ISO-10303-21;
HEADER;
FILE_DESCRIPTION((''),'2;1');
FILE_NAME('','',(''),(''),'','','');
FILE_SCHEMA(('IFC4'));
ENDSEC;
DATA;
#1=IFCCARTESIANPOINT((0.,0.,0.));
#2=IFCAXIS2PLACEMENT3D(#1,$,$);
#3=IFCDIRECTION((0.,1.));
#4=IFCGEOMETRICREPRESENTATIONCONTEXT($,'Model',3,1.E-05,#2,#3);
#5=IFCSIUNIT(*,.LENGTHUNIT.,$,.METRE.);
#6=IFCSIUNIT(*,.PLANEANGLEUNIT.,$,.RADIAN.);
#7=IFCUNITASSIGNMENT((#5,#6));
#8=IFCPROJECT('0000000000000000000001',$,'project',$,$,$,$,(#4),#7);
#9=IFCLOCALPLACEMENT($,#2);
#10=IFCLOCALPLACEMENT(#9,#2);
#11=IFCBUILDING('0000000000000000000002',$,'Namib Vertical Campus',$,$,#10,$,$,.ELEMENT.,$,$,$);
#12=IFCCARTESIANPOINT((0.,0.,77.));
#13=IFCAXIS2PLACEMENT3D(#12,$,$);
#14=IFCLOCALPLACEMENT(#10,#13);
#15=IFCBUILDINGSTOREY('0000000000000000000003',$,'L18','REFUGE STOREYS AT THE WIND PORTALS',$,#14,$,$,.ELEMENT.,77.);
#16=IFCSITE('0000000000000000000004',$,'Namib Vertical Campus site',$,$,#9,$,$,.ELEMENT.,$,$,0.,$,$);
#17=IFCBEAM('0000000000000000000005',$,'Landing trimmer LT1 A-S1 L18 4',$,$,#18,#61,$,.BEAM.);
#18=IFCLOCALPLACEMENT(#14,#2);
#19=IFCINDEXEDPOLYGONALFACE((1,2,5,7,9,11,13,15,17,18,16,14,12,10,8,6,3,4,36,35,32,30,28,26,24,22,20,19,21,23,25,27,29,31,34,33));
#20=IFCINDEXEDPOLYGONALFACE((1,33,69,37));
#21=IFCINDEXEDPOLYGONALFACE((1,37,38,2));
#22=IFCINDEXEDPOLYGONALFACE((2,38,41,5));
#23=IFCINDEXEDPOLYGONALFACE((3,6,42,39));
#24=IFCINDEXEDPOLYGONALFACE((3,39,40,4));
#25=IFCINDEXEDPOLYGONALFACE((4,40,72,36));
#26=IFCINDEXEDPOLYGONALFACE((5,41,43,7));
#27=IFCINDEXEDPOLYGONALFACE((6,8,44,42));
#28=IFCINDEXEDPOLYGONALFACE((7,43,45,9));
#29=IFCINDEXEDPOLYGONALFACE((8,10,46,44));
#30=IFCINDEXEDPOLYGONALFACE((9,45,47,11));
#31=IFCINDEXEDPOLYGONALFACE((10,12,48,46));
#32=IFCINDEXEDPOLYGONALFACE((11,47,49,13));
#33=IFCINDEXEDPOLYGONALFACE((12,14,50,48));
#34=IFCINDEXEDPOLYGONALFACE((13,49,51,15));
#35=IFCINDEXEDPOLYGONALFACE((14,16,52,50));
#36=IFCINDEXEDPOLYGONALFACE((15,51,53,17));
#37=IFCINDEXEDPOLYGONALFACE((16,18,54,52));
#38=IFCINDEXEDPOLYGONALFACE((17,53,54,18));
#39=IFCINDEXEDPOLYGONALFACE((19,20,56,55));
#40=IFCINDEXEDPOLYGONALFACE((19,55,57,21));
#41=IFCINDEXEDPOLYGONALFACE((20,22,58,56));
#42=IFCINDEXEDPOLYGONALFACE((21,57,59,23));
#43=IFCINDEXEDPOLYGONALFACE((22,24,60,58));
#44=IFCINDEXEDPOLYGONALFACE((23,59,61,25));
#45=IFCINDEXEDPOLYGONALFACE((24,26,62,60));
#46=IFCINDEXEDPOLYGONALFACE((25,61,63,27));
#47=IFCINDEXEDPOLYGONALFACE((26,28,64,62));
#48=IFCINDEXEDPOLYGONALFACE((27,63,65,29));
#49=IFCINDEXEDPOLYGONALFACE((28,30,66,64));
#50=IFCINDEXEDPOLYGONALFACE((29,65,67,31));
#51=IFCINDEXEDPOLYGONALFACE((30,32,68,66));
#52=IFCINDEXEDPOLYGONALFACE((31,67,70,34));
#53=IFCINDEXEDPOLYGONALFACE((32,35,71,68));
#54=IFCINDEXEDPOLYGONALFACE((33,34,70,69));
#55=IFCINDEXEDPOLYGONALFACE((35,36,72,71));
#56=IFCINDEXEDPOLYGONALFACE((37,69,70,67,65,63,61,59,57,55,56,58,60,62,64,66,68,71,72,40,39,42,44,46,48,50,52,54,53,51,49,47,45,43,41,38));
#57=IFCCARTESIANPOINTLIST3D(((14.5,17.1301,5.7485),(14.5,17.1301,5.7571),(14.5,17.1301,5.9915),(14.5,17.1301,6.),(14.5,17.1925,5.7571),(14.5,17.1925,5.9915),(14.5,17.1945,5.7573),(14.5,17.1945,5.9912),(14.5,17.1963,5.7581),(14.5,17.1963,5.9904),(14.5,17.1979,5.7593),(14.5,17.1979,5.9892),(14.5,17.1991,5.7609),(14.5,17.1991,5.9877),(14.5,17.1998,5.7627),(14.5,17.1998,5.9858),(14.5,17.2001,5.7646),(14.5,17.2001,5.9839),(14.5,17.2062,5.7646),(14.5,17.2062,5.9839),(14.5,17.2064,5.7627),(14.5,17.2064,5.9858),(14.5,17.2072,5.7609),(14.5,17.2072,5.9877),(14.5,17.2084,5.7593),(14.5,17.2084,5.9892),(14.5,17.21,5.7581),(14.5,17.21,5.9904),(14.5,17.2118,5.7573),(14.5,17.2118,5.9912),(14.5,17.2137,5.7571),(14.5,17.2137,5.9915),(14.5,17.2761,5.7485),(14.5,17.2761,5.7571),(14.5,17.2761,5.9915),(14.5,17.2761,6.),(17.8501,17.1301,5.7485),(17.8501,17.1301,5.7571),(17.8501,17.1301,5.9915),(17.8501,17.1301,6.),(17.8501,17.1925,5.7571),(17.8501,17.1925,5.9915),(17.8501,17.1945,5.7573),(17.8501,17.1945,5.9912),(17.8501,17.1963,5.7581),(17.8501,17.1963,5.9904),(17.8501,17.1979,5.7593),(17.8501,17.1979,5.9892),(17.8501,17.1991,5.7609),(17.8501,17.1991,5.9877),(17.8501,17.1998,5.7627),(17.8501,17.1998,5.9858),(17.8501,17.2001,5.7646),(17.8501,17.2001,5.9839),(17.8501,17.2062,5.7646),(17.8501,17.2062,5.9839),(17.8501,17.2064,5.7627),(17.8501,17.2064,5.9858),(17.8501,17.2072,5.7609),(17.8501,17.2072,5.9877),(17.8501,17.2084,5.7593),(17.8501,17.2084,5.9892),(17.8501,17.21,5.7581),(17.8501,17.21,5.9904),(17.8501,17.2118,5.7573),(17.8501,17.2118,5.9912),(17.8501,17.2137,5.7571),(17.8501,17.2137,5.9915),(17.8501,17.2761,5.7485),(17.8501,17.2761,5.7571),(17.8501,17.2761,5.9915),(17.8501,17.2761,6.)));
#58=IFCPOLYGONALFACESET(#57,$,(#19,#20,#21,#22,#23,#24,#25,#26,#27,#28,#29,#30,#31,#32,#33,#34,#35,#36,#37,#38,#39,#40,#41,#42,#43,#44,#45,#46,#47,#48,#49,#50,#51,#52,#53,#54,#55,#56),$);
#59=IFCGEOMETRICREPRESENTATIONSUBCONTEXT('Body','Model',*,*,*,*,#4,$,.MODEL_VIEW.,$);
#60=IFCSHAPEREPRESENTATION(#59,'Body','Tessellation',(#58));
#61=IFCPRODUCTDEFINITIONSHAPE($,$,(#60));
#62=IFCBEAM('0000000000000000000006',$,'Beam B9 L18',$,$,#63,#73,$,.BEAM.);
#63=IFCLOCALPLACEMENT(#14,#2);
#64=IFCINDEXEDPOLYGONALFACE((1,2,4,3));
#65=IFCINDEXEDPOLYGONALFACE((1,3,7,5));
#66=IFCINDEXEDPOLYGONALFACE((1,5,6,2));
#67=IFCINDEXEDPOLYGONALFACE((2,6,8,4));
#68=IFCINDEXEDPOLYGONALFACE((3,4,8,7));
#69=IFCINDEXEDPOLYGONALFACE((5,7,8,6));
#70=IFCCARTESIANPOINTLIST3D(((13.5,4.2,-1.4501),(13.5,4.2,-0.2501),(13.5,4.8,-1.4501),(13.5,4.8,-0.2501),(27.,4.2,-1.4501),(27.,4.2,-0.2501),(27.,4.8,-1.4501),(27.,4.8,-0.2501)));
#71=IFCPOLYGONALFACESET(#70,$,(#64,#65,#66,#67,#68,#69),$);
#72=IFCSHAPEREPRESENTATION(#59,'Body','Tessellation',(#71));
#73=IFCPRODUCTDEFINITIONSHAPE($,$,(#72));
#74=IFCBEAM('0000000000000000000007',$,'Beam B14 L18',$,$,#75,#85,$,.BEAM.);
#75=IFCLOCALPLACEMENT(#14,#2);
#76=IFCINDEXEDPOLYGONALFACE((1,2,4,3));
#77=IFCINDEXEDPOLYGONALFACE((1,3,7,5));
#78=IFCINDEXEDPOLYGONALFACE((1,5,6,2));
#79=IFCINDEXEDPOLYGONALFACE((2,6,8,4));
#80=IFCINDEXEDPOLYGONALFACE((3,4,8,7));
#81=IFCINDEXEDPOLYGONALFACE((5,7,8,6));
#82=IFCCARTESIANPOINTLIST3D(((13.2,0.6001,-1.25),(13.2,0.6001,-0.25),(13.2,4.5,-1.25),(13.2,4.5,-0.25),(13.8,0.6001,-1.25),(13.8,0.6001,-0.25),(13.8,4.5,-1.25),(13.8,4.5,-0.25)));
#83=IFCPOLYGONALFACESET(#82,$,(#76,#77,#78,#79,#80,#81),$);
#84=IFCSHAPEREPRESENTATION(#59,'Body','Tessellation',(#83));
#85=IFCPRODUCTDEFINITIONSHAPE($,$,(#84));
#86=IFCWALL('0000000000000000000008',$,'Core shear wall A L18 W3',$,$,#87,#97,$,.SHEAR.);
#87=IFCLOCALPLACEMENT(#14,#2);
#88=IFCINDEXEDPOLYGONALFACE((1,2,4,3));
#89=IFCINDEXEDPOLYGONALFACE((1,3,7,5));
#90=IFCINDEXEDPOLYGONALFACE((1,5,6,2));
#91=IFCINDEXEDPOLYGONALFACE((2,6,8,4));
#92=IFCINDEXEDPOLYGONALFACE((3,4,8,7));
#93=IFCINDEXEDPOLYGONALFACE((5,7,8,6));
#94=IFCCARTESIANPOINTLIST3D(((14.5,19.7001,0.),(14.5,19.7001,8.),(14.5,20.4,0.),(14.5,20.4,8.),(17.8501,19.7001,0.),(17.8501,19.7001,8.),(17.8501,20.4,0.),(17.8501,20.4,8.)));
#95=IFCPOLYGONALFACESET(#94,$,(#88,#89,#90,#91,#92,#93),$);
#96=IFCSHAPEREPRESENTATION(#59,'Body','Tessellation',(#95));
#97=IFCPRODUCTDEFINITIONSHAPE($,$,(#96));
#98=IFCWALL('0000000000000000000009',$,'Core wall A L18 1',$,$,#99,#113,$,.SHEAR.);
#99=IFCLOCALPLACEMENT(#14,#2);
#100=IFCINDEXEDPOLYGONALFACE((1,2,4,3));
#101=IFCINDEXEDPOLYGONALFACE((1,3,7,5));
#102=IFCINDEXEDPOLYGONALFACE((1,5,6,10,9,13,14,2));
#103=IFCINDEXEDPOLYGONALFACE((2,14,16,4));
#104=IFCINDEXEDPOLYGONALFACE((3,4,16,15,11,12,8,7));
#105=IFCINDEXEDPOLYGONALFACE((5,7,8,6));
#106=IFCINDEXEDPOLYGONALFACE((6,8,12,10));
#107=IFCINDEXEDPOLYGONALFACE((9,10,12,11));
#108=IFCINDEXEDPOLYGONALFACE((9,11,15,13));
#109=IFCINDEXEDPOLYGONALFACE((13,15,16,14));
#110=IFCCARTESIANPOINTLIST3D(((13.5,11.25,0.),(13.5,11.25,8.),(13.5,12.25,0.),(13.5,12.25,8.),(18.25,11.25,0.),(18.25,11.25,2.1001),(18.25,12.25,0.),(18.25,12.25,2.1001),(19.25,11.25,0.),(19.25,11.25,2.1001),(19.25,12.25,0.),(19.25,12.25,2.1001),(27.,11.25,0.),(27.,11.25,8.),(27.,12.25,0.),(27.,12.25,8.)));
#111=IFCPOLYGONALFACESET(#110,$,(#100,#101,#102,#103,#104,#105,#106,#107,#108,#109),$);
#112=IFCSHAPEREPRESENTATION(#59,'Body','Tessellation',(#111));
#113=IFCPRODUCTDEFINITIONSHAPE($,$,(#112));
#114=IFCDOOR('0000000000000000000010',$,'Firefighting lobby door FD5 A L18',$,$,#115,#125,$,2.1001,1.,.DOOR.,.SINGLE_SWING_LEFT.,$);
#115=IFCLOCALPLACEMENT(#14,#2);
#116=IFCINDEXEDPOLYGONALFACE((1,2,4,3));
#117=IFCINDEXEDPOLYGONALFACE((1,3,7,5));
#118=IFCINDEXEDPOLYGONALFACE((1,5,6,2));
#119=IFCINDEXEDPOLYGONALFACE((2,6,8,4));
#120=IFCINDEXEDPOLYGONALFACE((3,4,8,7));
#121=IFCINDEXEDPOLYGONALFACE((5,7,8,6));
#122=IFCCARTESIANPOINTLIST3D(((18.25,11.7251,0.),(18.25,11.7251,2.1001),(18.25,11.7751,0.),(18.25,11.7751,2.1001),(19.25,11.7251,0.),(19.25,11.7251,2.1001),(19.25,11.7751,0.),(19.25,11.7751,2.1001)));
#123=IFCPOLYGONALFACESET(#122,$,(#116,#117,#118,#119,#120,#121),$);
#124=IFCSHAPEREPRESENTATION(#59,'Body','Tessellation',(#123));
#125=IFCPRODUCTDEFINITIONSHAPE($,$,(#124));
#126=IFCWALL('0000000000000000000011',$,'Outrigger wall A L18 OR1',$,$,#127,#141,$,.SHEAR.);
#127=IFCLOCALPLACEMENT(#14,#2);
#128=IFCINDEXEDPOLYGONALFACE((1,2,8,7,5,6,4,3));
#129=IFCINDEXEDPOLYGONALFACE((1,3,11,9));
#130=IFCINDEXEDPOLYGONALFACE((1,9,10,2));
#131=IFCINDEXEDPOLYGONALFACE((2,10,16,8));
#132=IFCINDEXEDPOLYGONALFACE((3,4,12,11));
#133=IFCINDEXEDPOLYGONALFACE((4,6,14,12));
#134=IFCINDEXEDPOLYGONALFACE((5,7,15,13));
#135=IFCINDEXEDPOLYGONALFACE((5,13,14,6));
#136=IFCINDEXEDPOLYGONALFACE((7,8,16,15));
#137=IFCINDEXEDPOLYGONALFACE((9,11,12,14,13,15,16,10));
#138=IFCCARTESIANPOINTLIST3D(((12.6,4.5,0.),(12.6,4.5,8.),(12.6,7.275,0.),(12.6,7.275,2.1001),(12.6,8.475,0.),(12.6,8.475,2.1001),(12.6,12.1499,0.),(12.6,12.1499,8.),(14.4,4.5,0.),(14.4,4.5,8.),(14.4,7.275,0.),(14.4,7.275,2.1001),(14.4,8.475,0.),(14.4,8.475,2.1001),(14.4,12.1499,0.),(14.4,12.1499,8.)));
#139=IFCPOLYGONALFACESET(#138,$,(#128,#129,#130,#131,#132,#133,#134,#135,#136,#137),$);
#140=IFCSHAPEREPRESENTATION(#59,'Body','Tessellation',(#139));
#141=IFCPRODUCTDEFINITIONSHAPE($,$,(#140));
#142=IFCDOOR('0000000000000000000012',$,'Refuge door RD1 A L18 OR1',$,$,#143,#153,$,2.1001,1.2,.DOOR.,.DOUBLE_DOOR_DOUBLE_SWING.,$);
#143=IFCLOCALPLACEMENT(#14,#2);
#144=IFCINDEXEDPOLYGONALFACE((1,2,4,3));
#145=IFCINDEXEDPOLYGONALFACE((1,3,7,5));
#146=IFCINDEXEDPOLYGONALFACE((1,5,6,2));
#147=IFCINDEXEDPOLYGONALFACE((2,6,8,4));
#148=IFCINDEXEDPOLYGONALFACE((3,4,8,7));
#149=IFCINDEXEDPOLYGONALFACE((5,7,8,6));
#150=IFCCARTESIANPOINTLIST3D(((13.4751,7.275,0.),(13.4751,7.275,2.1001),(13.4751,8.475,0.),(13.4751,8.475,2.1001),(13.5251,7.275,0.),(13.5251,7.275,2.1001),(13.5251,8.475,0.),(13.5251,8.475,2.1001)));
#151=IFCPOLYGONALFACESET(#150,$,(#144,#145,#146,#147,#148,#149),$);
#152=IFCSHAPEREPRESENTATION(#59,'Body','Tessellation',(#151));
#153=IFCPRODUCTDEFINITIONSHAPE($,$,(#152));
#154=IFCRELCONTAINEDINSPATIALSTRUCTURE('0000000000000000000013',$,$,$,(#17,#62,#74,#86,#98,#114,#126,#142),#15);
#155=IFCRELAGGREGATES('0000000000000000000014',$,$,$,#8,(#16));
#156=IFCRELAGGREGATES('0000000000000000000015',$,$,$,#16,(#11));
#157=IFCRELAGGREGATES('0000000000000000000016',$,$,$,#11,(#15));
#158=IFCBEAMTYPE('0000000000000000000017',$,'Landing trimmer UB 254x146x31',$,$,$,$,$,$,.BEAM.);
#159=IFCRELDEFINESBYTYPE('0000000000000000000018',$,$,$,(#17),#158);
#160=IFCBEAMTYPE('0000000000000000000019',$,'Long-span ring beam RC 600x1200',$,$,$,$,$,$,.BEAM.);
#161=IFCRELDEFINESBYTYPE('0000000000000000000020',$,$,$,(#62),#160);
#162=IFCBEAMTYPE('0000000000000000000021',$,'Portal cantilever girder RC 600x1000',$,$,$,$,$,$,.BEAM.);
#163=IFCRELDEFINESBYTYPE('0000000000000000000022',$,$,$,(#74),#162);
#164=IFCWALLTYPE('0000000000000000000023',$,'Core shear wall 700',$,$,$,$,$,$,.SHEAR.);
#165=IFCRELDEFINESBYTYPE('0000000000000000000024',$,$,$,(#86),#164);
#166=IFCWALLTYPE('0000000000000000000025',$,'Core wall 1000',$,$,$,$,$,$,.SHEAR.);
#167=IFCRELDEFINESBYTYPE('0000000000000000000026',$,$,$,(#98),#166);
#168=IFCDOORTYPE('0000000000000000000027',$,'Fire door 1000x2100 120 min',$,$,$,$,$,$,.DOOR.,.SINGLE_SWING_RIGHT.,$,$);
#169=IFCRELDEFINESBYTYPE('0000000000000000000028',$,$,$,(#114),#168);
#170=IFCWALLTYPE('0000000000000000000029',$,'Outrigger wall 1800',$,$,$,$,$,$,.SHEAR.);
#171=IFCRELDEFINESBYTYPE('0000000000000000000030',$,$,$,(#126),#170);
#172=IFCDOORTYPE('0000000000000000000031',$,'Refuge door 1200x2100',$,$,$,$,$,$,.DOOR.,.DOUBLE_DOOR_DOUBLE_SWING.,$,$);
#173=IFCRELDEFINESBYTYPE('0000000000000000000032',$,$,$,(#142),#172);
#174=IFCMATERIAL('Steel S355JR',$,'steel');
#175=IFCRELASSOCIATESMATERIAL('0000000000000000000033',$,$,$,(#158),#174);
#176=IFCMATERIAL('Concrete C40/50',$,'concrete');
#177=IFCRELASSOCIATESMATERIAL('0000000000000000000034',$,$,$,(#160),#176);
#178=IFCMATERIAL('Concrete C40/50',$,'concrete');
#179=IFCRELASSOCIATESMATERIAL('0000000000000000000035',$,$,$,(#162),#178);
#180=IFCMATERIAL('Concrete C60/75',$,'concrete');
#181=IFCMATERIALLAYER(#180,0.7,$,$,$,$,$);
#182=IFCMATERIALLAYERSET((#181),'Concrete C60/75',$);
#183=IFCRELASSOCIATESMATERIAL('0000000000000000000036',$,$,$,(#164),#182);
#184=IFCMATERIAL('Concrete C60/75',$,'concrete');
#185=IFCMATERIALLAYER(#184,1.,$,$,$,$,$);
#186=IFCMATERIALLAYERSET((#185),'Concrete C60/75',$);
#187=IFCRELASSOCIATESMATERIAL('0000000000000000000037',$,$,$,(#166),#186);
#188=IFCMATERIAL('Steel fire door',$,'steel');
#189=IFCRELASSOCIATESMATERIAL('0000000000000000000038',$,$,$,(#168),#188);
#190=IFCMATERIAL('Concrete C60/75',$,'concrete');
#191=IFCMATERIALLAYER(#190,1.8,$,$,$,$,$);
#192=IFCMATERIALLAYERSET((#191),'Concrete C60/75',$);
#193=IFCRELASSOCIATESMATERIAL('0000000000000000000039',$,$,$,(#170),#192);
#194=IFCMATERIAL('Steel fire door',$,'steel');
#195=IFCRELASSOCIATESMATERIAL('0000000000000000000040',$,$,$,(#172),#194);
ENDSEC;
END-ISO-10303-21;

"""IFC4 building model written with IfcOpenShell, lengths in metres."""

from ifc_helpers import new_model, si_unit, direction, frame, frame_2d, origin, origin_2d, place, context, subcontext, project, spatial, rectangle, i_section, extrude, material, layer, layer_set, material_profile, profile_set, type_object, element, fill, save


model = new_model("IFC4")

# Units and contexts
model_context = context("Model", 3, precision=1e-05, world=origin(), true_north=direction((0.0, 1.0)))
body_context = subcontext(model_context, "Body", "Model", "MODEL_VIEW")
ifc_project = project(units=[si_unit("LENGTHUNIT", "METRE"), si_unit("PLANEANGLEUNIT", "RADIAN")], contexts=[model_context])

# Site, building, storey
site_placement = place(None, origin())
site = spatial("IfcSite", under=ifc_project, at=site_placement, Name="Namib Vertical Campus site", CompositionType="ELEMENT", RefElevation=0.0)
building_placement = place(site_placement, origin())
building = spatial("IfcBuilding", under=site, at=building_placement, Name="Namib Vertical Campus", CompositionType="ELEMENT")
storey_placement = place(building_placement, frame((0.0, 0.0, 77.0)))
storey = spatial("IfcBuildingStorey", under=building, at=storey_placement, Name="L18", Description="REFUGE STOREYS AT THE WIND PORTALS", CompositionType="ELEMENT", Elevation=77.0)

# Beams
ifc_material_1 = material(Name="Steel S355JR", Category="steel")
ifc_material_profile_1 = material_profile(ifc_material_1, i_section(OverallWidth=0.146, OverallDepth=0.2515, WebThickness=0.0061, FlangeThickness=0.0085, FilletRadius=0.0076, at=origin_2d()))
ifc_profile_set_1 = profile_set([ifc_material_profile_1], Name="Steel S355JR")
beam_type_1 = type_object("IfcBeamType", Name="Landing trimmer UB 254x146x31", PredefinedType="BEAM", material=ifc_profile_set_1)
for number, where, z_axis, x_axis, name in (
    (1, (14.5, 17.2031, 5.8743), (1.0, 0.0, 0.0), (0.0, 1.0, 0.0), "Landing trimmer LT1 A-S1 L18 4"),
):
    element("IfcBeam", number, at=place(storey_placement, frame(where, z_axis=z_axis, x_axis=x_axis)), inside=storey, type_object=beam_type_1, Name=name, PredefinedType="BEAM", context=body_context, shape_type="SweptSolid", body=[
        extrude(i_section(OverallWidth=0.146, OverallDepth=0.2515, WebThickness=0.0061, FlangeThickness=0.0085, FilletRadius=0.0076, at=origin_2d()), origin(), (0.0, 0.0, 1.0), 3.3501),
    ])
ifc_material_2 = material(Name="Concrete C40/50", Category="concrete")
ifc_material_profile_2 = material_profile(ifc_material_2, rectangle(XDim=0.6001, YDim=1.2, at=origin_2d()))
ifc_profile_set_2 = profile_set([ifc_material_profile_2], Name="Concrete C40/50")
beam_type_2 = type_object("IfcBeamType", Name="Long-span ring beam RC 600x1200", PredefinedType="BEAM", material=ifc_profile_set_2)
beam_1_placement = place(storey_placement, frame((13.5, 4.5, -0.8501), z_axis=(1.0, 0.0, 0.0), x_axis=(0.0, 1.0, 0.0)))
element("IfcBeam", 2, at=beam_1_placement, inside=storey, type_object=beam_type_2, Name="Beam B9 L18", PredefinedType="BEAM", context=body_context, shape_type="SweptSolid", body=[
    extrude(rectangle(XDim=0.6001, YDim=1.2, at=origin_2d()), origin(), (0.0, 0.0, 1.0), 13.5),
])
ifc_material_3 = material(Name="Concrete C40/50", Category="concrete")
ifc_material_profile_3 = material_profile(ifc_material_3, rectangle(XDim=0.6001, YDim=1.0, at=origin_2d()))
ifc_profile_set_3 = profile_set([ifc_material_profile_3], Name="Concrete C40/50")
beam_type_3 = type_object("IfcBeamType", Name="Portal cantilever girder RC 600x1000", PredefinedType="BEAM", material=ifc_profile_set_3)
beam_2_placement = place(storey_placement, frame((13.5, 4.5, -0.75), z_axis=(0.0, -1.0, 0.0), x_axis=(1.0, 0.0, 0.0)))
element("IfcBeam", 3, at=beam_2_placement, inside=storey, type_object=beam_type_3, Name="Beam B14 L18", PredefinedType="BEAM", context=body_context, shape_type="SweptSolid", body=[
    extrude(rectangle(XDim=0.6001, YDim=1.0, at=origin_2d()), origin(), (0.0, 0.0, 1.0), 3.8999),
])

# Wall
ifc_material_4 = material(Name="Concrete C60/75", Category="concrete")
ifc_layer_1 = layer(ifc_material_4, 0.7)
ifc_layer_set_1 = layer_set([ifc_layer_1], Name="Concrete C60/75")
wall_type_1 = type_object("IfcWallType", Name="Core shear wall 700", PredefinedType="SHEAR", material=ifc_layer_set_1)
wall_1_placement = place(storey_placement, frame((14.5, 20.05, 0.0), z_axis=(0.0, 0.0, 1.0), x_axis=(1.0, 0.0, 0.0)))
element("IfcWall", 4, at=wall_1_placement, inside=storey, type_object=wall_type_1, Name="Core shear wall A L18 W3", PredefinedType="SHEAR", context=body_context, shape_type="SweptSolid", body=[
    extrude(rectangle(XDim=3.3501, YDim=0.7, at=frame_2d((1.675, 0.0))), origin(), (0.0, 0.0, 1.0), 8.0),
])

# Walls, openings, doors
ifc_material_5 = material(Name="Concrete C60/75", Category="concrete")
ifc_layer_2 = layer(ifc_material_5, 1.0)
ifc_layer_set_2 = layer_set([ifc_layer_2], Name="Concrete C60/75")
wall_type_2 = type_object("IfcWallType", Name="Core wall 1000", PredefinedType="SHEAR", material=ifc_layer_set_2)
wall_2_placement = place(storey_placement, frame((13.5, 11.75, 0.0), z_axis=(0.0, 0.0, 1.0), x_axis=(1.0, 0.0, 0.0)))
wall_2 = element("IfcWall", 5, at=wall_2_placement, inside=storey, type_object=wall_type_2, Name="Core wall A L18 1", PredefinedType="SHEAR", context=body_context, shape_type="SweptSolid", body=[
    extrude(rectangle(XDim=13.5, YDim=1.0, at=frame_2d((6.75, 0.0))), origin(), (0.0, 0.0, 1.0), 8.0),
])
opening_1_placement = place(wall_2_placement, frame((4.75, 0.0, 0.0)))
opening_1 = element("IfcOpeningElement", 6, at=opening_1_placement, cuts=wall_2, PredefinedType="OPENING", context=body_context, shape_type="SweptSolid", body=[
    extrude(rectangle(XDim=1.0, YDim=2.1001, at=frame_2d((0.5, 1.05))), frame((0.0, 0.51, 0.0), z_axis=(0.0, -1.0, 0.0), x_axis=(1.0, 0.0, 0.0)), (0.0, 0.0, 1.0), 1.02),
])
ifc_material_6 = material(Name="Steel fire door", Category="steel")
door_type_1 = type_object("IfcDoorType", Name="Fire door 1000x2100 120 min", OperationType="SINGLE_SWING_RIGHT", PredefinedType="DOOR", material=ifc_material_6)
door_1_placement = place(opening_1_placement, frame((1.0, 0.0, 0.0), z_axis=(0.0, 0.0, 1.0), x_axis=(-1.0, 0.0, 0.0)))
door_1 = element("IfcDoor", 7, at=door_1_placement, inside=storey, type_object=door_type_1, Name="Firefighting lobby door FD5 A L18", OperationType="SINGLE_SWING_LEFT", OverallHeight=2.1001, OverallWidth=1.0, PredefinedType="DOOR", context=body_context, shape_type="SweptSolid", body=[
    extrude(rectangle(XDim=1.0, YDim=2.1001, at=frame_2d((0.5, 1.05))), frame((0.0, 0.0249, 0.0), z_axis=(0.0, -1.0, 0.0), x_axis=(1.0, 0.0, 0.0)), (0.0, 0.0, 1.0), 0.05),
])
fill(opening_1, door_1)
ifc_material_7 = material(Name="Concrete C60/75", Category="concrete")
ifc_layer_3 = layer(ifc_material_7, 1.8)
ifc_layer_set_3 = layer_set([ifc_layer_3], Name="Concrete C60/75")
wall_type_3 = type_object("IfcWallType", Name="Outrigger wall 1800", PredefinedType="SHEAR", material=ifc_layer_set_3)
wall_3_placement = place(storey_placement, frame((13.5, 4.5, 0.0), z_axis=(0.0, 0.0, 1.0), x_axis=(0.0, 1.0, 0.0)))
wall_3 = element("IfcWall", 8, at=wall_3_placement, inside=storey, type_object=wall_type_3, Name="Outrigger wall A L18 OR1", PredefinedType="SHEAR", context=body_context, shape_type="SweptSolid", body=[
    extrude(rectangle(XDim=7.6499, YDim=1.8, at=frame_2d((3.825, 0.0))), origin(), (0.0, 0.0, 1.0), 8.0),
])
opening_2_placement = place(wall_3_placement, frame((2.7749, 0.0, 0.0)))
opening_2 = element("IfcOpeningElement", 9, at=opening_2_placement, cuts=wall_3, PredefinedType="OPENING", context=body_context, shape_type="SweptSolid", body=[
    extrude(rectangle(XDim=1.2, YDim=2.1001, at=frame_2d((0.6001, 1.05))), frame((0.0, 0.9099, 0.0), z_axis=(0.0, -1.0, 0.0), x_axis=(1.0, 0.0, 0.0)), (0.0, 0.0, 1.0), 1.8201),
])
ifc_material_8 = material(Name="Steel fire door", Category="steel")
door_type_2 = type_object("IfcDoorType", Name="Refuge door 1200x2100", OperationType="DOUBLE_DOOR_DOUBLE_SWING", PredefinedType="DOOR", material=ifc_material_8)
door_2_placement = place(opening_2_placement, origin())
door_2 = element("IfcDoor", 10, at=door_2_placement, inside=storey, type_object=door_type_2, Name="Refuge door RD1 A L18 OR1", OperationType="DOUBLE_DOOR_DOUBLE_SWING", OverallHeight=2.1001, OverallWidth=1.2, PredefinedType="DOOR", context=body_context, shape_type="SweptSolid", body=[
    extrude(rectangle(XDim=1.2, YDim=2.1001, at=frame_2d((0.6001, 1.05))), frame((0.0, 0.0249, 0.0), z_axis=(0.0, -1.0, 0.0), x_axis=(1.0, 0.0, 0.0)), (0.0, 0.0, 1.0), 0.05),
])
fill(opening_2, door_2)

save(model, "model.ifc")
